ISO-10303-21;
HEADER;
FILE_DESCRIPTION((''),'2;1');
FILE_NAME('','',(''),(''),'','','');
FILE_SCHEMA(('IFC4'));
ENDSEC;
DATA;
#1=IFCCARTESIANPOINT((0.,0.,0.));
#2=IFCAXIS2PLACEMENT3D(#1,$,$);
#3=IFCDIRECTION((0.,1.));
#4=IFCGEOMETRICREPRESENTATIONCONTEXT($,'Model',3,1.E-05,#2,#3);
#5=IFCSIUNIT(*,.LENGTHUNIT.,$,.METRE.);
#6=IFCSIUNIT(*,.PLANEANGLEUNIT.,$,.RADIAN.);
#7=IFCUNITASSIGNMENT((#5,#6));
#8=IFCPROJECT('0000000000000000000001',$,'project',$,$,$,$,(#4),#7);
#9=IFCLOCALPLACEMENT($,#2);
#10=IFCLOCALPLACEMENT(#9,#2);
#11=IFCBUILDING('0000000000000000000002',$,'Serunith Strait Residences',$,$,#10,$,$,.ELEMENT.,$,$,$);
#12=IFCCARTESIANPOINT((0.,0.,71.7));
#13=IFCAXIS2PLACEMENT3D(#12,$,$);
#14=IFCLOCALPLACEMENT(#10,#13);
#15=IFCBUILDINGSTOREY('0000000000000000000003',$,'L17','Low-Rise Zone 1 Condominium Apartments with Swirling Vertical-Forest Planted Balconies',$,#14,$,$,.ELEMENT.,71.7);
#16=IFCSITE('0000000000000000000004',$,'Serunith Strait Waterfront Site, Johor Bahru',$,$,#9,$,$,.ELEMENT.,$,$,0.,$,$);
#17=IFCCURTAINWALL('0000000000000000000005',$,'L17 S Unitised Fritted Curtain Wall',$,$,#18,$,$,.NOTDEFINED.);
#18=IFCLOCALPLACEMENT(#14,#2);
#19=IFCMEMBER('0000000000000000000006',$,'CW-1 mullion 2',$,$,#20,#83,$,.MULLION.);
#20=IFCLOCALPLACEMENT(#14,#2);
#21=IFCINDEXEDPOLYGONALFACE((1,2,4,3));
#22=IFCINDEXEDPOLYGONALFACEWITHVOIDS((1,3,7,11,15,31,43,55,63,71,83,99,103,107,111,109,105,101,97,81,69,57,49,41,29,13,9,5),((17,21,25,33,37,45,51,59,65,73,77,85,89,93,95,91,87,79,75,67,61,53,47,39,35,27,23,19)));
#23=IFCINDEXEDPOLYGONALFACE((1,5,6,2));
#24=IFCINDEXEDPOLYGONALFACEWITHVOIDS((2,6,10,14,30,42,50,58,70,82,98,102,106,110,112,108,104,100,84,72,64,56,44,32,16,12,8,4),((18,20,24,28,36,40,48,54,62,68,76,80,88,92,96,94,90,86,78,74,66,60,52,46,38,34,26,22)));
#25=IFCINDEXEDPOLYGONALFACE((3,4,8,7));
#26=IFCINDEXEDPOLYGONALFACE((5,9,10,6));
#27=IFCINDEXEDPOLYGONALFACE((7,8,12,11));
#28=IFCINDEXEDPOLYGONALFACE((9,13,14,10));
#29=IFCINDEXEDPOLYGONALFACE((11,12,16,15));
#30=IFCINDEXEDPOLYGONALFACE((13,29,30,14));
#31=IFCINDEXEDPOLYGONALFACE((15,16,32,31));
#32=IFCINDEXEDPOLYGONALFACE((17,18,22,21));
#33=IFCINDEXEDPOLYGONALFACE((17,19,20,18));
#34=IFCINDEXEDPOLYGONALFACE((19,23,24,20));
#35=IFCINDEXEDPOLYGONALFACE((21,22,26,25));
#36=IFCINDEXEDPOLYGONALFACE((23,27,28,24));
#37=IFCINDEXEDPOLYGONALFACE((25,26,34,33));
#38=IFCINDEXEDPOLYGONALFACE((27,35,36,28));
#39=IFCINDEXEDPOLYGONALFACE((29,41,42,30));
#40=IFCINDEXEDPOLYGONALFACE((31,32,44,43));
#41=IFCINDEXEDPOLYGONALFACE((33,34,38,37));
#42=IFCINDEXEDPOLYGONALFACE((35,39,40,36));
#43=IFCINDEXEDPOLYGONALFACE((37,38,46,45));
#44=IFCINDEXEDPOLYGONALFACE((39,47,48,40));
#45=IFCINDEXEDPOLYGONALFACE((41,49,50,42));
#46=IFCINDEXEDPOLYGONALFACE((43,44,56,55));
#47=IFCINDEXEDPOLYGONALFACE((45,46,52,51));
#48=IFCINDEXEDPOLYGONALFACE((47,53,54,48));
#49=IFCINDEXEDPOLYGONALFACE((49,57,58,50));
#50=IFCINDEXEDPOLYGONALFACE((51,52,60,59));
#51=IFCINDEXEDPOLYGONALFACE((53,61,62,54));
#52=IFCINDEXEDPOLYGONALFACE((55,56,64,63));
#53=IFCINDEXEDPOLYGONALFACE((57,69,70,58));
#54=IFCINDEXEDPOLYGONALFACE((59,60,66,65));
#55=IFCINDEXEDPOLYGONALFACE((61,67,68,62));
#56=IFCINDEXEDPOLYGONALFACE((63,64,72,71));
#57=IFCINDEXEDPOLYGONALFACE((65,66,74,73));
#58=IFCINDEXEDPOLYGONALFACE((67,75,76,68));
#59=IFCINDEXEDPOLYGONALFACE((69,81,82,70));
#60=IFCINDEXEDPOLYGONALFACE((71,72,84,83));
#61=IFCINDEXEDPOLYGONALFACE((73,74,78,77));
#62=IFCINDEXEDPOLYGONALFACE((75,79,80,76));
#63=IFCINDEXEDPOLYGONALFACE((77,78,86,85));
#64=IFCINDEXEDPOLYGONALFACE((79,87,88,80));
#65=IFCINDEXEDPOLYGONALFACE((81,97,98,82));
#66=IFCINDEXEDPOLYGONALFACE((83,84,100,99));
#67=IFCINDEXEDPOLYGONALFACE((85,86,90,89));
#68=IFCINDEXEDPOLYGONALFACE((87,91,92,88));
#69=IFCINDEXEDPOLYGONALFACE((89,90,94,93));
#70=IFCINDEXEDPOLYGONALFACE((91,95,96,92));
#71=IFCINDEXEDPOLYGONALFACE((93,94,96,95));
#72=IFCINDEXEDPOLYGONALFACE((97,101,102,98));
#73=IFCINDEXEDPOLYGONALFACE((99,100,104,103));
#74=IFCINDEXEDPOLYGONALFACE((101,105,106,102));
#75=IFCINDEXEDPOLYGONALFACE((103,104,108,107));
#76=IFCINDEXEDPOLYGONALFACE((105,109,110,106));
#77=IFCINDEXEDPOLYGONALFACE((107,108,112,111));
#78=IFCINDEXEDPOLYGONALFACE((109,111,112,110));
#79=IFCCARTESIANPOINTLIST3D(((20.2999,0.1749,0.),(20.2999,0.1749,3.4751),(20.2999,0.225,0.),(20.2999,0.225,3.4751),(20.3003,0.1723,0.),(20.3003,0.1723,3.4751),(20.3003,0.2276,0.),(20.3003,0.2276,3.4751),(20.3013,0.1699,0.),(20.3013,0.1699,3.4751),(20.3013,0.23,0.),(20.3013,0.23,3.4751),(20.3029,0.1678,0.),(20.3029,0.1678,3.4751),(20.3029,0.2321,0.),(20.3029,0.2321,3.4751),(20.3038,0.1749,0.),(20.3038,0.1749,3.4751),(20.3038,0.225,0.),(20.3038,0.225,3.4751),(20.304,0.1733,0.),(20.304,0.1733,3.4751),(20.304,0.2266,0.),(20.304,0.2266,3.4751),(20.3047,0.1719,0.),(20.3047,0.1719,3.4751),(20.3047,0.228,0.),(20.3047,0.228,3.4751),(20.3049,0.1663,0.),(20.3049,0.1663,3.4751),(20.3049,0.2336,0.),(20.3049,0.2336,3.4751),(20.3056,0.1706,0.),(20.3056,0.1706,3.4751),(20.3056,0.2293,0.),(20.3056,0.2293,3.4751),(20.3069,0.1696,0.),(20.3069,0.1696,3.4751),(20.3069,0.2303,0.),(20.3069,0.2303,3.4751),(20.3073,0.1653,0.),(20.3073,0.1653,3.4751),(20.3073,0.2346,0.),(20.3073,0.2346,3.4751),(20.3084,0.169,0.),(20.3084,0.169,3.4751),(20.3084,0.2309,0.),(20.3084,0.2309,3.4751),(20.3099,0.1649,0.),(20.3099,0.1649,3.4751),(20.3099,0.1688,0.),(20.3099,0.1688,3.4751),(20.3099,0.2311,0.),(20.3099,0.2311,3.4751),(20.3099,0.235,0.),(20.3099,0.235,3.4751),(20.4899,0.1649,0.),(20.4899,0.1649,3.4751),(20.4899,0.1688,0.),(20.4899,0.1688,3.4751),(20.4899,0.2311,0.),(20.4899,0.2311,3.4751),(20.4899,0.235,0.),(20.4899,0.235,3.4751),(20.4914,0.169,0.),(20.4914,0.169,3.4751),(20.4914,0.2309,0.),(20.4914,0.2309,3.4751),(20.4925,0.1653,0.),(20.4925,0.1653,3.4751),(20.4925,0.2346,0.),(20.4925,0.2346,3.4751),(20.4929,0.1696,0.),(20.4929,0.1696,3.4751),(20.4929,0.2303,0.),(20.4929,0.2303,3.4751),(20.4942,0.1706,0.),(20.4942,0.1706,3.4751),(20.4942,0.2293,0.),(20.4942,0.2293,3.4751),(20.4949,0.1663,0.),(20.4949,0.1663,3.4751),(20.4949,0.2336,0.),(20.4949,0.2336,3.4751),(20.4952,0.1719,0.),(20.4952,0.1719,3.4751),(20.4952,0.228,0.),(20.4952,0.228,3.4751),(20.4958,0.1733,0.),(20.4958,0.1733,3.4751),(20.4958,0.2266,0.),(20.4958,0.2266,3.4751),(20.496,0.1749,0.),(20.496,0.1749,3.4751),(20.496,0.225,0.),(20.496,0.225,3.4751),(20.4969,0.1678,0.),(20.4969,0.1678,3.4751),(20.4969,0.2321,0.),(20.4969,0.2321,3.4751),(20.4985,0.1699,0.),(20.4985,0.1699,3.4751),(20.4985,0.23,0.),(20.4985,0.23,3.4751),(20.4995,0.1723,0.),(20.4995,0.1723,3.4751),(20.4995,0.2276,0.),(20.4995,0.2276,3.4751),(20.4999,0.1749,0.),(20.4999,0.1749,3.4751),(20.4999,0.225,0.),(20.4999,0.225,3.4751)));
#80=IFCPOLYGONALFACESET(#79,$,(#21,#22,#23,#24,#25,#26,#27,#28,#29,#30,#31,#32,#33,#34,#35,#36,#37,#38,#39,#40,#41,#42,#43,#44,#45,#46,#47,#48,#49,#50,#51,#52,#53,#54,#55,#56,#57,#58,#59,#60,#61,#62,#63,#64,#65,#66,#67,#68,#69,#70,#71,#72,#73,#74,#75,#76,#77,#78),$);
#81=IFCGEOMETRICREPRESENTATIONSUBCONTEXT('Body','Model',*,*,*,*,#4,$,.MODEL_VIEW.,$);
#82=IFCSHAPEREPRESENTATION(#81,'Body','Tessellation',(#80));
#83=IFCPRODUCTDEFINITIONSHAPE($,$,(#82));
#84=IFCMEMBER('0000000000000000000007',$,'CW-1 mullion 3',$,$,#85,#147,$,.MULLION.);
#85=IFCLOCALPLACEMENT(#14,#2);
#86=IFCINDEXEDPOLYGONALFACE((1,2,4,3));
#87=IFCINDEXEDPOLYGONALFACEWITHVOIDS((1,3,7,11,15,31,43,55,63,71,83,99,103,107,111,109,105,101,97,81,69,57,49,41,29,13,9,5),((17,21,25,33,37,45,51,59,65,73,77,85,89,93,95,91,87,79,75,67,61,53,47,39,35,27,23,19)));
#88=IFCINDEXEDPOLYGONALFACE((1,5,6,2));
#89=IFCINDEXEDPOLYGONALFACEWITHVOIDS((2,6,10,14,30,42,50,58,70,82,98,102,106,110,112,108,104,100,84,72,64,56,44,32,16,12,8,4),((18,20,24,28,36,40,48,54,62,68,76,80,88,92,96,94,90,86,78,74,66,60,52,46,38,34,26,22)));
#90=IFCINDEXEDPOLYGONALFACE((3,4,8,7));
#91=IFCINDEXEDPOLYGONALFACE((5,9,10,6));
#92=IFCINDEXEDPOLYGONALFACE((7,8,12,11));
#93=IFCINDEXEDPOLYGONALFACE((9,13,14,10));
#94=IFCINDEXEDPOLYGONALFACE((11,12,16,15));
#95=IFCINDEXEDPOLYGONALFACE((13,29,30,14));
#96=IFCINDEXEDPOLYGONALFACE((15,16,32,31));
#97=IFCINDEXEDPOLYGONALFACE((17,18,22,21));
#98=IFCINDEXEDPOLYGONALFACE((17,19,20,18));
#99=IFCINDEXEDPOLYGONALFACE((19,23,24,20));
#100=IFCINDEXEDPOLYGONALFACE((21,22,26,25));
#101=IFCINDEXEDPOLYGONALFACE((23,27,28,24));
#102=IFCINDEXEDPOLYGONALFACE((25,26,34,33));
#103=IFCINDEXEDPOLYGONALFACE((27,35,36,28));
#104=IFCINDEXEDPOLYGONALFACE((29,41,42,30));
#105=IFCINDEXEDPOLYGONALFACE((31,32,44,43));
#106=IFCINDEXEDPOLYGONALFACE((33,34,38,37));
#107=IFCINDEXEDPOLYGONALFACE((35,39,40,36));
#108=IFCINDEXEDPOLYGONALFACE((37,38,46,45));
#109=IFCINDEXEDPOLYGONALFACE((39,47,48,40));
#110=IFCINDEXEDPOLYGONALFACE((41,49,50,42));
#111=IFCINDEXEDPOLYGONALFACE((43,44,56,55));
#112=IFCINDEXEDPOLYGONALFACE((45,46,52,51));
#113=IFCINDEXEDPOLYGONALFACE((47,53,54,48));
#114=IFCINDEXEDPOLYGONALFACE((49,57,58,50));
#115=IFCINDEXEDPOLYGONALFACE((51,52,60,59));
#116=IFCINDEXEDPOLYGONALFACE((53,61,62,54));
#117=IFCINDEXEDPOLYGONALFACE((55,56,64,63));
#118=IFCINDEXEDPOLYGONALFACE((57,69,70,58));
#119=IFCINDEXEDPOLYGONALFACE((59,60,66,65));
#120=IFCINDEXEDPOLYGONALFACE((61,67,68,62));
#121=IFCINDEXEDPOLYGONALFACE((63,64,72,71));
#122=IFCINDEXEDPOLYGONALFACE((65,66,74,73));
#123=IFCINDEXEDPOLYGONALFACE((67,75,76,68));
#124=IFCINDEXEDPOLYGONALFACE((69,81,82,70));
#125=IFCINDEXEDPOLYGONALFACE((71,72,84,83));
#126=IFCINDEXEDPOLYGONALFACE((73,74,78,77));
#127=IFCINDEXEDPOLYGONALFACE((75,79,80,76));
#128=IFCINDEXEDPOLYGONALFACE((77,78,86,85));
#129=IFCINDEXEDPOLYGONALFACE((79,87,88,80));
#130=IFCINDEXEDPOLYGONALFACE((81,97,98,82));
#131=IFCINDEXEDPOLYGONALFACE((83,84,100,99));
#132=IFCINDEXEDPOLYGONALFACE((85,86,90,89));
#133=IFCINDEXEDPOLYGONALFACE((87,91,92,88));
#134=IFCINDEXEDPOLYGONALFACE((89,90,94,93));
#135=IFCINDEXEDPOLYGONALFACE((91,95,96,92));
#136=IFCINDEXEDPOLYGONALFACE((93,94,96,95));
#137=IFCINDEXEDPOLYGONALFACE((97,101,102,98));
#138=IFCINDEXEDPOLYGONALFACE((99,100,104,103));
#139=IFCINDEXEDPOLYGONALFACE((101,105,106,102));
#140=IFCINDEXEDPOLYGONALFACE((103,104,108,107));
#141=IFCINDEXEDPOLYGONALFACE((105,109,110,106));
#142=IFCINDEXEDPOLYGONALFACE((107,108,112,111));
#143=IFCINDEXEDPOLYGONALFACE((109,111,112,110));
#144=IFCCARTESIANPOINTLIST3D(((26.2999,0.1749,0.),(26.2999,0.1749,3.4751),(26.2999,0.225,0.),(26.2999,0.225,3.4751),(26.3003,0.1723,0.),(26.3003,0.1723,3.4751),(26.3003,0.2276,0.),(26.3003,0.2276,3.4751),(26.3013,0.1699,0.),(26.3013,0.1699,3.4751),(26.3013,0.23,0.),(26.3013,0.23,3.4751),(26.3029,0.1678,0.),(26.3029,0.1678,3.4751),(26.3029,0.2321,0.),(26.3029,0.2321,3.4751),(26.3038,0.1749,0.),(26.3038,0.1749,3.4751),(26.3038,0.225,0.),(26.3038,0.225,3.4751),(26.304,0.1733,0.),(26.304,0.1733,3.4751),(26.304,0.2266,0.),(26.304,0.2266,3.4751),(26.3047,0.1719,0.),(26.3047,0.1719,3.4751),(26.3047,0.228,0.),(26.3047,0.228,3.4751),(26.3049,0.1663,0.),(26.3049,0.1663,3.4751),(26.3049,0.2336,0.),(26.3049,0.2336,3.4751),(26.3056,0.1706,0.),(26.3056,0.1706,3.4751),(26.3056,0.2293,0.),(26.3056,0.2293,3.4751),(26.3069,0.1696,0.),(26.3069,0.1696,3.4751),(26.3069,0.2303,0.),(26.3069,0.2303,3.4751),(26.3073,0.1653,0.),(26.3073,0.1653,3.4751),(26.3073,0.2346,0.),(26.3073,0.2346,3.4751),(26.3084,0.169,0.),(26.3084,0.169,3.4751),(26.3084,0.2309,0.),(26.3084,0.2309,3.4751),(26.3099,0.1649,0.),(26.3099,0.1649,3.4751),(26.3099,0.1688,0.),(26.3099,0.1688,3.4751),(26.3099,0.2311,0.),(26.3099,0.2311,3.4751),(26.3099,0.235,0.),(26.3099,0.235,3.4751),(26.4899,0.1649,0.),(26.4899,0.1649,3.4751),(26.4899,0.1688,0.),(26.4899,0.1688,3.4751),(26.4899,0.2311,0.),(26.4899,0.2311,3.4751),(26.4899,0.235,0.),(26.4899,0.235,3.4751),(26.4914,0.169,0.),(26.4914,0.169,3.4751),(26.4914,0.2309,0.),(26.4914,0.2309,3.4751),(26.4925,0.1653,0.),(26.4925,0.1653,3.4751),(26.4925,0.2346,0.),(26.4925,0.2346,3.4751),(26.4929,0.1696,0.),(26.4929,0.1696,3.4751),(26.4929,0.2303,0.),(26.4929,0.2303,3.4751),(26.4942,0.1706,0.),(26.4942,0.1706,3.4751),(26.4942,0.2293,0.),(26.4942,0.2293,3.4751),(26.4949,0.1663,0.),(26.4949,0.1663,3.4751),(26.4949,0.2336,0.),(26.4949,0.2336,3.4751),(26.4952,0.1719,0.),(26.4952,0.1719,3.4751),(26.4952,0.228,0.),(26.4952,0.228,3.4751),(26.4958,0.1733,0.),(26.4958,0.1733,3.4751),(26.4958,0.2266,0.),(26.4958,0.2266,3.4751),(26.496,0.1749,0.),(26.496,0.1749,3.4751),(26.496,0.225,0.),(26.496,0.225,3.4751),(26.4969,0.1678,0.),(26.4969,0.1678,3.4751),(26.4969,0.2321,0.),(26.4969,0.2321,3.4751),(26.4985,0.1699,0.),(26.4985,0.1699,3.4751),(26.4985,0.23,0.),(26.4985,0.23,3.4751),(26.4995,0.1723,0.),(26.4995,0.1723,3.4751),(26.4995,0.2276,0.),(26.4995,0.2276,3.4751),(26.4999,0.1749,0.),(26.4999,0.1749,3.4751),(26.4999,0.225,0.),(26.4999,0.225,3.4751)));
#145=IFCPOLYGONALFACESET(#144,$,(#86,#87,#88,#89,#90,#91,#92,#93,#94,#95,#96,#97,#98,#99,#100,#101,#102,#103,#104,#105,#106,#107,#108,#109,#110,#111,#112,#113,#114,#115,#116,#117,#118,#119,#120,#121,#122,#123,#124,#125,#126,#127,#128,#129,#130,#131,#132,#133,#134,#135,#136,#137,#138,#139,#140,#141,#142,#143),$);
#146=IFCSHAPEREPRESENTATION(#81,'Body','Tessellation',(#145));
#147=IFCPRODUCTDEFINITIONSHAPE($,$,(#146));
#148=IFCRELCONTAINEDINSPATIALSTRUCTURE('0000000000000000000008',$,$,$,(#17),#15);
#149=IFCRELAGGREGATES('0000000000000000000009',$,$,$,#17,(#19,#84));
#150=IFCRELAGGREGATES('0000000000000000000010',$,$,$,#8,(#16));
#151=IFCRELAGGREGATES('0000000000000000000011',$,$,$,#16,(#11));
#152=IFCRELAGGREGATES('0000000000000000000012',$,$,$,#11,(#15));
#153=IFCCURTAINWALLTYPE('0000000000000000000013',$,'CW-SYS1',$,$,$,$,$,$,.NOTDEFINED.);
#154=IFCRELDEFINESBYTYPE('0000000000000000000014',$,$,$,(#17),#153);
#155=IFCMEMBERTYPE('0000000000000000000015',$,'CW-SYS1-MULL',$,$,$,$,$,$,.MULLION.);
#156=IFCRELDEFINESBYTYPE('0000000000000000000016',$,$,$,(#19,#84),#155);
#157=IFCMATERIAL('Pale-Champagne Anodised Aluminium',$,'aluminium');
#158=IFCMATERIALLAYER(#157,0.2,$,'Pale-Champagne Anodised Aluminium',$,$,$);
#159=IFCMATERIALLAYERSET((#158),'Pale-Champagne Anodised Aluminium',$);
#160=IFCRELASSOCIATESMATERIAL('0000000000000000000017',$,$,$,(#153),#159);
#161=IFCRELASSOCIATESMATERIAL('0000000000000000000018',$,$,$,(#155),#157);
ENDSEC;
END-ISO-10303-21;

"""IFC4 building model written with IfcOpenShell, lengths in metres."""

from ifc_helpers import new_model, si_unit, direction, frame, origin, origin_2d, place, context, subcontext, project, spatial, hollow_rectangle, extrude, source, transform, mapped, material, layer, layer_set, material_profile, profile_set, type_object, element, aggregate, save


model = new_model("IFC4")

# Units and contexts
model_context = context("Model", 3, precision=1e-05, world=origin(), true_north=direction((0.0, 1.0)))
body_context = subcontext(model_context, "Body", "Model", "MODEL_VIEW")
ifc_project = project(units=[si_unit("LENGTHUNIT", "METRE"), si_unit("PLANEANGLEUNIT", "RADIAN")], contexts=[model_context])

# Site, building, storey
site_placement = place(None, origin())
site = spatial("IfcSite", under=ifc_project, at=site_placement, Name="Serunith Strait Waterfront Site, Johor Bahru", CompositionType="ELEMENT", RefElevation=0.0)
building_placement = place(site_placement, origin())
building = spatial("IfcBuilding", under=site, at=building_placement, Name="Serunith Strait Residences", CompositionType="ELEMENT")
storey_placement = place(building_placement, frame((0.0, 0.0, 71.7)))
storey = spatial("IfcBuildingStorey", under=building, at=storey_placement, Name="L17", Description="Low-Rise Zone 1 Condominium Apartments with Swirling Vertical-Forest Planted Balconies", CompositionType="ELEMENT", Elevation=71.7)

# Curtain wall, members
ifc_material_1 = material(Name="Pale-Champagne Anodised Aluminium", Category="aluminium")
ifc_layer_1 = layer(ifc_material_1, 0.2, Name="Pale-Champagne Anodised Aluminium")
ifc_layer_set_1 = layer_set([ifc_layer_1], Name="Pale-Champagne Anodised Aluminium")
curtain_wall_type = type_object("IfcCurtainWallType", Name="CW-SYS1", PredefinedType="NOTDEFINED", material=ifc_layer_set_1)
curtain_wall_placement = place(storey_placement, origin())
curtain_wall = element("IfcCurtainWall", 1, at=curtain_wall_placement, inside=storey, type_object=curtain_wall_type, Name="L17 S Unitised Fritted Curtain Wall", PredefinedType="NOTDEFINED")
ifc_material_profile_1 = material_profile(ifc_material_1, hollow_rectangle(XDim=0.0701, YDim=0.2, WallThickness=0.0039, InnerFilletRadius=0.0061, OuterFilletRadius=0.01, at=origin_2d()), Name="ALU 200x70x4")
ifc_profile_set_1 = profile_set([ifc_material_profile_1], Name="Pale-Champagne Anodised Aluminium")
member_type_1 = type_object("IfcMemberType", Name="CW-SYS1-MULL", PredefinedType="MULLION", material=ifc_profile_set_1)
shared_shape_1 = source(origin(), body_context, "Body", "SweptSolid", [
    extrude(hollow_rectangle(XDim=0.0701, YDim=0.2, WallThickness=0.0039, InnerFilletRadius=0.0061, OuterFilletRadius=0.01, at=origin_2d()), origin(), (0.0, 0.0, 1.0), 3.4751),
])
member_1_placement = place(storey_placement, frame((20.3999, 0.2, 0.0), z_axis=(0.0, 0.0, 1.0), x_axis=(0.0, 1.0, 0.0)))
member_1 = element("IfcMember", 2, at=member_1_placement, type_object=member_type_1, Name="CW-1 mullion 2", PredefinedType="MULLION", context=body_context, shape_type="MappedRepresentation", body=[
    mapped(shared_shape_1, transform((0.0, 0.0, 0.0), scale=1.0)),
])
member_2_placement = place(storey_placement, frame((26.3999, 0.2, 0.0), z_axis=(0.0, 0.0, 1.0), x_axis=(0.0, 1.0, 0.0)))
member_2 = element("IfcMember", 3, at=member_2_placement, type_object=member_type_1, Name="CW-1 mullion 3", PredefinedType="MULLION", context=body_context, shape_type="MappedRepresentation", body=[
    mapped(shared_shape_1, transform((0.0, 0.0, 0.0), scale=1.0)),
])
aggregate(curtain_wall, [member_1, member_2])

save(model, "model.ifc")
